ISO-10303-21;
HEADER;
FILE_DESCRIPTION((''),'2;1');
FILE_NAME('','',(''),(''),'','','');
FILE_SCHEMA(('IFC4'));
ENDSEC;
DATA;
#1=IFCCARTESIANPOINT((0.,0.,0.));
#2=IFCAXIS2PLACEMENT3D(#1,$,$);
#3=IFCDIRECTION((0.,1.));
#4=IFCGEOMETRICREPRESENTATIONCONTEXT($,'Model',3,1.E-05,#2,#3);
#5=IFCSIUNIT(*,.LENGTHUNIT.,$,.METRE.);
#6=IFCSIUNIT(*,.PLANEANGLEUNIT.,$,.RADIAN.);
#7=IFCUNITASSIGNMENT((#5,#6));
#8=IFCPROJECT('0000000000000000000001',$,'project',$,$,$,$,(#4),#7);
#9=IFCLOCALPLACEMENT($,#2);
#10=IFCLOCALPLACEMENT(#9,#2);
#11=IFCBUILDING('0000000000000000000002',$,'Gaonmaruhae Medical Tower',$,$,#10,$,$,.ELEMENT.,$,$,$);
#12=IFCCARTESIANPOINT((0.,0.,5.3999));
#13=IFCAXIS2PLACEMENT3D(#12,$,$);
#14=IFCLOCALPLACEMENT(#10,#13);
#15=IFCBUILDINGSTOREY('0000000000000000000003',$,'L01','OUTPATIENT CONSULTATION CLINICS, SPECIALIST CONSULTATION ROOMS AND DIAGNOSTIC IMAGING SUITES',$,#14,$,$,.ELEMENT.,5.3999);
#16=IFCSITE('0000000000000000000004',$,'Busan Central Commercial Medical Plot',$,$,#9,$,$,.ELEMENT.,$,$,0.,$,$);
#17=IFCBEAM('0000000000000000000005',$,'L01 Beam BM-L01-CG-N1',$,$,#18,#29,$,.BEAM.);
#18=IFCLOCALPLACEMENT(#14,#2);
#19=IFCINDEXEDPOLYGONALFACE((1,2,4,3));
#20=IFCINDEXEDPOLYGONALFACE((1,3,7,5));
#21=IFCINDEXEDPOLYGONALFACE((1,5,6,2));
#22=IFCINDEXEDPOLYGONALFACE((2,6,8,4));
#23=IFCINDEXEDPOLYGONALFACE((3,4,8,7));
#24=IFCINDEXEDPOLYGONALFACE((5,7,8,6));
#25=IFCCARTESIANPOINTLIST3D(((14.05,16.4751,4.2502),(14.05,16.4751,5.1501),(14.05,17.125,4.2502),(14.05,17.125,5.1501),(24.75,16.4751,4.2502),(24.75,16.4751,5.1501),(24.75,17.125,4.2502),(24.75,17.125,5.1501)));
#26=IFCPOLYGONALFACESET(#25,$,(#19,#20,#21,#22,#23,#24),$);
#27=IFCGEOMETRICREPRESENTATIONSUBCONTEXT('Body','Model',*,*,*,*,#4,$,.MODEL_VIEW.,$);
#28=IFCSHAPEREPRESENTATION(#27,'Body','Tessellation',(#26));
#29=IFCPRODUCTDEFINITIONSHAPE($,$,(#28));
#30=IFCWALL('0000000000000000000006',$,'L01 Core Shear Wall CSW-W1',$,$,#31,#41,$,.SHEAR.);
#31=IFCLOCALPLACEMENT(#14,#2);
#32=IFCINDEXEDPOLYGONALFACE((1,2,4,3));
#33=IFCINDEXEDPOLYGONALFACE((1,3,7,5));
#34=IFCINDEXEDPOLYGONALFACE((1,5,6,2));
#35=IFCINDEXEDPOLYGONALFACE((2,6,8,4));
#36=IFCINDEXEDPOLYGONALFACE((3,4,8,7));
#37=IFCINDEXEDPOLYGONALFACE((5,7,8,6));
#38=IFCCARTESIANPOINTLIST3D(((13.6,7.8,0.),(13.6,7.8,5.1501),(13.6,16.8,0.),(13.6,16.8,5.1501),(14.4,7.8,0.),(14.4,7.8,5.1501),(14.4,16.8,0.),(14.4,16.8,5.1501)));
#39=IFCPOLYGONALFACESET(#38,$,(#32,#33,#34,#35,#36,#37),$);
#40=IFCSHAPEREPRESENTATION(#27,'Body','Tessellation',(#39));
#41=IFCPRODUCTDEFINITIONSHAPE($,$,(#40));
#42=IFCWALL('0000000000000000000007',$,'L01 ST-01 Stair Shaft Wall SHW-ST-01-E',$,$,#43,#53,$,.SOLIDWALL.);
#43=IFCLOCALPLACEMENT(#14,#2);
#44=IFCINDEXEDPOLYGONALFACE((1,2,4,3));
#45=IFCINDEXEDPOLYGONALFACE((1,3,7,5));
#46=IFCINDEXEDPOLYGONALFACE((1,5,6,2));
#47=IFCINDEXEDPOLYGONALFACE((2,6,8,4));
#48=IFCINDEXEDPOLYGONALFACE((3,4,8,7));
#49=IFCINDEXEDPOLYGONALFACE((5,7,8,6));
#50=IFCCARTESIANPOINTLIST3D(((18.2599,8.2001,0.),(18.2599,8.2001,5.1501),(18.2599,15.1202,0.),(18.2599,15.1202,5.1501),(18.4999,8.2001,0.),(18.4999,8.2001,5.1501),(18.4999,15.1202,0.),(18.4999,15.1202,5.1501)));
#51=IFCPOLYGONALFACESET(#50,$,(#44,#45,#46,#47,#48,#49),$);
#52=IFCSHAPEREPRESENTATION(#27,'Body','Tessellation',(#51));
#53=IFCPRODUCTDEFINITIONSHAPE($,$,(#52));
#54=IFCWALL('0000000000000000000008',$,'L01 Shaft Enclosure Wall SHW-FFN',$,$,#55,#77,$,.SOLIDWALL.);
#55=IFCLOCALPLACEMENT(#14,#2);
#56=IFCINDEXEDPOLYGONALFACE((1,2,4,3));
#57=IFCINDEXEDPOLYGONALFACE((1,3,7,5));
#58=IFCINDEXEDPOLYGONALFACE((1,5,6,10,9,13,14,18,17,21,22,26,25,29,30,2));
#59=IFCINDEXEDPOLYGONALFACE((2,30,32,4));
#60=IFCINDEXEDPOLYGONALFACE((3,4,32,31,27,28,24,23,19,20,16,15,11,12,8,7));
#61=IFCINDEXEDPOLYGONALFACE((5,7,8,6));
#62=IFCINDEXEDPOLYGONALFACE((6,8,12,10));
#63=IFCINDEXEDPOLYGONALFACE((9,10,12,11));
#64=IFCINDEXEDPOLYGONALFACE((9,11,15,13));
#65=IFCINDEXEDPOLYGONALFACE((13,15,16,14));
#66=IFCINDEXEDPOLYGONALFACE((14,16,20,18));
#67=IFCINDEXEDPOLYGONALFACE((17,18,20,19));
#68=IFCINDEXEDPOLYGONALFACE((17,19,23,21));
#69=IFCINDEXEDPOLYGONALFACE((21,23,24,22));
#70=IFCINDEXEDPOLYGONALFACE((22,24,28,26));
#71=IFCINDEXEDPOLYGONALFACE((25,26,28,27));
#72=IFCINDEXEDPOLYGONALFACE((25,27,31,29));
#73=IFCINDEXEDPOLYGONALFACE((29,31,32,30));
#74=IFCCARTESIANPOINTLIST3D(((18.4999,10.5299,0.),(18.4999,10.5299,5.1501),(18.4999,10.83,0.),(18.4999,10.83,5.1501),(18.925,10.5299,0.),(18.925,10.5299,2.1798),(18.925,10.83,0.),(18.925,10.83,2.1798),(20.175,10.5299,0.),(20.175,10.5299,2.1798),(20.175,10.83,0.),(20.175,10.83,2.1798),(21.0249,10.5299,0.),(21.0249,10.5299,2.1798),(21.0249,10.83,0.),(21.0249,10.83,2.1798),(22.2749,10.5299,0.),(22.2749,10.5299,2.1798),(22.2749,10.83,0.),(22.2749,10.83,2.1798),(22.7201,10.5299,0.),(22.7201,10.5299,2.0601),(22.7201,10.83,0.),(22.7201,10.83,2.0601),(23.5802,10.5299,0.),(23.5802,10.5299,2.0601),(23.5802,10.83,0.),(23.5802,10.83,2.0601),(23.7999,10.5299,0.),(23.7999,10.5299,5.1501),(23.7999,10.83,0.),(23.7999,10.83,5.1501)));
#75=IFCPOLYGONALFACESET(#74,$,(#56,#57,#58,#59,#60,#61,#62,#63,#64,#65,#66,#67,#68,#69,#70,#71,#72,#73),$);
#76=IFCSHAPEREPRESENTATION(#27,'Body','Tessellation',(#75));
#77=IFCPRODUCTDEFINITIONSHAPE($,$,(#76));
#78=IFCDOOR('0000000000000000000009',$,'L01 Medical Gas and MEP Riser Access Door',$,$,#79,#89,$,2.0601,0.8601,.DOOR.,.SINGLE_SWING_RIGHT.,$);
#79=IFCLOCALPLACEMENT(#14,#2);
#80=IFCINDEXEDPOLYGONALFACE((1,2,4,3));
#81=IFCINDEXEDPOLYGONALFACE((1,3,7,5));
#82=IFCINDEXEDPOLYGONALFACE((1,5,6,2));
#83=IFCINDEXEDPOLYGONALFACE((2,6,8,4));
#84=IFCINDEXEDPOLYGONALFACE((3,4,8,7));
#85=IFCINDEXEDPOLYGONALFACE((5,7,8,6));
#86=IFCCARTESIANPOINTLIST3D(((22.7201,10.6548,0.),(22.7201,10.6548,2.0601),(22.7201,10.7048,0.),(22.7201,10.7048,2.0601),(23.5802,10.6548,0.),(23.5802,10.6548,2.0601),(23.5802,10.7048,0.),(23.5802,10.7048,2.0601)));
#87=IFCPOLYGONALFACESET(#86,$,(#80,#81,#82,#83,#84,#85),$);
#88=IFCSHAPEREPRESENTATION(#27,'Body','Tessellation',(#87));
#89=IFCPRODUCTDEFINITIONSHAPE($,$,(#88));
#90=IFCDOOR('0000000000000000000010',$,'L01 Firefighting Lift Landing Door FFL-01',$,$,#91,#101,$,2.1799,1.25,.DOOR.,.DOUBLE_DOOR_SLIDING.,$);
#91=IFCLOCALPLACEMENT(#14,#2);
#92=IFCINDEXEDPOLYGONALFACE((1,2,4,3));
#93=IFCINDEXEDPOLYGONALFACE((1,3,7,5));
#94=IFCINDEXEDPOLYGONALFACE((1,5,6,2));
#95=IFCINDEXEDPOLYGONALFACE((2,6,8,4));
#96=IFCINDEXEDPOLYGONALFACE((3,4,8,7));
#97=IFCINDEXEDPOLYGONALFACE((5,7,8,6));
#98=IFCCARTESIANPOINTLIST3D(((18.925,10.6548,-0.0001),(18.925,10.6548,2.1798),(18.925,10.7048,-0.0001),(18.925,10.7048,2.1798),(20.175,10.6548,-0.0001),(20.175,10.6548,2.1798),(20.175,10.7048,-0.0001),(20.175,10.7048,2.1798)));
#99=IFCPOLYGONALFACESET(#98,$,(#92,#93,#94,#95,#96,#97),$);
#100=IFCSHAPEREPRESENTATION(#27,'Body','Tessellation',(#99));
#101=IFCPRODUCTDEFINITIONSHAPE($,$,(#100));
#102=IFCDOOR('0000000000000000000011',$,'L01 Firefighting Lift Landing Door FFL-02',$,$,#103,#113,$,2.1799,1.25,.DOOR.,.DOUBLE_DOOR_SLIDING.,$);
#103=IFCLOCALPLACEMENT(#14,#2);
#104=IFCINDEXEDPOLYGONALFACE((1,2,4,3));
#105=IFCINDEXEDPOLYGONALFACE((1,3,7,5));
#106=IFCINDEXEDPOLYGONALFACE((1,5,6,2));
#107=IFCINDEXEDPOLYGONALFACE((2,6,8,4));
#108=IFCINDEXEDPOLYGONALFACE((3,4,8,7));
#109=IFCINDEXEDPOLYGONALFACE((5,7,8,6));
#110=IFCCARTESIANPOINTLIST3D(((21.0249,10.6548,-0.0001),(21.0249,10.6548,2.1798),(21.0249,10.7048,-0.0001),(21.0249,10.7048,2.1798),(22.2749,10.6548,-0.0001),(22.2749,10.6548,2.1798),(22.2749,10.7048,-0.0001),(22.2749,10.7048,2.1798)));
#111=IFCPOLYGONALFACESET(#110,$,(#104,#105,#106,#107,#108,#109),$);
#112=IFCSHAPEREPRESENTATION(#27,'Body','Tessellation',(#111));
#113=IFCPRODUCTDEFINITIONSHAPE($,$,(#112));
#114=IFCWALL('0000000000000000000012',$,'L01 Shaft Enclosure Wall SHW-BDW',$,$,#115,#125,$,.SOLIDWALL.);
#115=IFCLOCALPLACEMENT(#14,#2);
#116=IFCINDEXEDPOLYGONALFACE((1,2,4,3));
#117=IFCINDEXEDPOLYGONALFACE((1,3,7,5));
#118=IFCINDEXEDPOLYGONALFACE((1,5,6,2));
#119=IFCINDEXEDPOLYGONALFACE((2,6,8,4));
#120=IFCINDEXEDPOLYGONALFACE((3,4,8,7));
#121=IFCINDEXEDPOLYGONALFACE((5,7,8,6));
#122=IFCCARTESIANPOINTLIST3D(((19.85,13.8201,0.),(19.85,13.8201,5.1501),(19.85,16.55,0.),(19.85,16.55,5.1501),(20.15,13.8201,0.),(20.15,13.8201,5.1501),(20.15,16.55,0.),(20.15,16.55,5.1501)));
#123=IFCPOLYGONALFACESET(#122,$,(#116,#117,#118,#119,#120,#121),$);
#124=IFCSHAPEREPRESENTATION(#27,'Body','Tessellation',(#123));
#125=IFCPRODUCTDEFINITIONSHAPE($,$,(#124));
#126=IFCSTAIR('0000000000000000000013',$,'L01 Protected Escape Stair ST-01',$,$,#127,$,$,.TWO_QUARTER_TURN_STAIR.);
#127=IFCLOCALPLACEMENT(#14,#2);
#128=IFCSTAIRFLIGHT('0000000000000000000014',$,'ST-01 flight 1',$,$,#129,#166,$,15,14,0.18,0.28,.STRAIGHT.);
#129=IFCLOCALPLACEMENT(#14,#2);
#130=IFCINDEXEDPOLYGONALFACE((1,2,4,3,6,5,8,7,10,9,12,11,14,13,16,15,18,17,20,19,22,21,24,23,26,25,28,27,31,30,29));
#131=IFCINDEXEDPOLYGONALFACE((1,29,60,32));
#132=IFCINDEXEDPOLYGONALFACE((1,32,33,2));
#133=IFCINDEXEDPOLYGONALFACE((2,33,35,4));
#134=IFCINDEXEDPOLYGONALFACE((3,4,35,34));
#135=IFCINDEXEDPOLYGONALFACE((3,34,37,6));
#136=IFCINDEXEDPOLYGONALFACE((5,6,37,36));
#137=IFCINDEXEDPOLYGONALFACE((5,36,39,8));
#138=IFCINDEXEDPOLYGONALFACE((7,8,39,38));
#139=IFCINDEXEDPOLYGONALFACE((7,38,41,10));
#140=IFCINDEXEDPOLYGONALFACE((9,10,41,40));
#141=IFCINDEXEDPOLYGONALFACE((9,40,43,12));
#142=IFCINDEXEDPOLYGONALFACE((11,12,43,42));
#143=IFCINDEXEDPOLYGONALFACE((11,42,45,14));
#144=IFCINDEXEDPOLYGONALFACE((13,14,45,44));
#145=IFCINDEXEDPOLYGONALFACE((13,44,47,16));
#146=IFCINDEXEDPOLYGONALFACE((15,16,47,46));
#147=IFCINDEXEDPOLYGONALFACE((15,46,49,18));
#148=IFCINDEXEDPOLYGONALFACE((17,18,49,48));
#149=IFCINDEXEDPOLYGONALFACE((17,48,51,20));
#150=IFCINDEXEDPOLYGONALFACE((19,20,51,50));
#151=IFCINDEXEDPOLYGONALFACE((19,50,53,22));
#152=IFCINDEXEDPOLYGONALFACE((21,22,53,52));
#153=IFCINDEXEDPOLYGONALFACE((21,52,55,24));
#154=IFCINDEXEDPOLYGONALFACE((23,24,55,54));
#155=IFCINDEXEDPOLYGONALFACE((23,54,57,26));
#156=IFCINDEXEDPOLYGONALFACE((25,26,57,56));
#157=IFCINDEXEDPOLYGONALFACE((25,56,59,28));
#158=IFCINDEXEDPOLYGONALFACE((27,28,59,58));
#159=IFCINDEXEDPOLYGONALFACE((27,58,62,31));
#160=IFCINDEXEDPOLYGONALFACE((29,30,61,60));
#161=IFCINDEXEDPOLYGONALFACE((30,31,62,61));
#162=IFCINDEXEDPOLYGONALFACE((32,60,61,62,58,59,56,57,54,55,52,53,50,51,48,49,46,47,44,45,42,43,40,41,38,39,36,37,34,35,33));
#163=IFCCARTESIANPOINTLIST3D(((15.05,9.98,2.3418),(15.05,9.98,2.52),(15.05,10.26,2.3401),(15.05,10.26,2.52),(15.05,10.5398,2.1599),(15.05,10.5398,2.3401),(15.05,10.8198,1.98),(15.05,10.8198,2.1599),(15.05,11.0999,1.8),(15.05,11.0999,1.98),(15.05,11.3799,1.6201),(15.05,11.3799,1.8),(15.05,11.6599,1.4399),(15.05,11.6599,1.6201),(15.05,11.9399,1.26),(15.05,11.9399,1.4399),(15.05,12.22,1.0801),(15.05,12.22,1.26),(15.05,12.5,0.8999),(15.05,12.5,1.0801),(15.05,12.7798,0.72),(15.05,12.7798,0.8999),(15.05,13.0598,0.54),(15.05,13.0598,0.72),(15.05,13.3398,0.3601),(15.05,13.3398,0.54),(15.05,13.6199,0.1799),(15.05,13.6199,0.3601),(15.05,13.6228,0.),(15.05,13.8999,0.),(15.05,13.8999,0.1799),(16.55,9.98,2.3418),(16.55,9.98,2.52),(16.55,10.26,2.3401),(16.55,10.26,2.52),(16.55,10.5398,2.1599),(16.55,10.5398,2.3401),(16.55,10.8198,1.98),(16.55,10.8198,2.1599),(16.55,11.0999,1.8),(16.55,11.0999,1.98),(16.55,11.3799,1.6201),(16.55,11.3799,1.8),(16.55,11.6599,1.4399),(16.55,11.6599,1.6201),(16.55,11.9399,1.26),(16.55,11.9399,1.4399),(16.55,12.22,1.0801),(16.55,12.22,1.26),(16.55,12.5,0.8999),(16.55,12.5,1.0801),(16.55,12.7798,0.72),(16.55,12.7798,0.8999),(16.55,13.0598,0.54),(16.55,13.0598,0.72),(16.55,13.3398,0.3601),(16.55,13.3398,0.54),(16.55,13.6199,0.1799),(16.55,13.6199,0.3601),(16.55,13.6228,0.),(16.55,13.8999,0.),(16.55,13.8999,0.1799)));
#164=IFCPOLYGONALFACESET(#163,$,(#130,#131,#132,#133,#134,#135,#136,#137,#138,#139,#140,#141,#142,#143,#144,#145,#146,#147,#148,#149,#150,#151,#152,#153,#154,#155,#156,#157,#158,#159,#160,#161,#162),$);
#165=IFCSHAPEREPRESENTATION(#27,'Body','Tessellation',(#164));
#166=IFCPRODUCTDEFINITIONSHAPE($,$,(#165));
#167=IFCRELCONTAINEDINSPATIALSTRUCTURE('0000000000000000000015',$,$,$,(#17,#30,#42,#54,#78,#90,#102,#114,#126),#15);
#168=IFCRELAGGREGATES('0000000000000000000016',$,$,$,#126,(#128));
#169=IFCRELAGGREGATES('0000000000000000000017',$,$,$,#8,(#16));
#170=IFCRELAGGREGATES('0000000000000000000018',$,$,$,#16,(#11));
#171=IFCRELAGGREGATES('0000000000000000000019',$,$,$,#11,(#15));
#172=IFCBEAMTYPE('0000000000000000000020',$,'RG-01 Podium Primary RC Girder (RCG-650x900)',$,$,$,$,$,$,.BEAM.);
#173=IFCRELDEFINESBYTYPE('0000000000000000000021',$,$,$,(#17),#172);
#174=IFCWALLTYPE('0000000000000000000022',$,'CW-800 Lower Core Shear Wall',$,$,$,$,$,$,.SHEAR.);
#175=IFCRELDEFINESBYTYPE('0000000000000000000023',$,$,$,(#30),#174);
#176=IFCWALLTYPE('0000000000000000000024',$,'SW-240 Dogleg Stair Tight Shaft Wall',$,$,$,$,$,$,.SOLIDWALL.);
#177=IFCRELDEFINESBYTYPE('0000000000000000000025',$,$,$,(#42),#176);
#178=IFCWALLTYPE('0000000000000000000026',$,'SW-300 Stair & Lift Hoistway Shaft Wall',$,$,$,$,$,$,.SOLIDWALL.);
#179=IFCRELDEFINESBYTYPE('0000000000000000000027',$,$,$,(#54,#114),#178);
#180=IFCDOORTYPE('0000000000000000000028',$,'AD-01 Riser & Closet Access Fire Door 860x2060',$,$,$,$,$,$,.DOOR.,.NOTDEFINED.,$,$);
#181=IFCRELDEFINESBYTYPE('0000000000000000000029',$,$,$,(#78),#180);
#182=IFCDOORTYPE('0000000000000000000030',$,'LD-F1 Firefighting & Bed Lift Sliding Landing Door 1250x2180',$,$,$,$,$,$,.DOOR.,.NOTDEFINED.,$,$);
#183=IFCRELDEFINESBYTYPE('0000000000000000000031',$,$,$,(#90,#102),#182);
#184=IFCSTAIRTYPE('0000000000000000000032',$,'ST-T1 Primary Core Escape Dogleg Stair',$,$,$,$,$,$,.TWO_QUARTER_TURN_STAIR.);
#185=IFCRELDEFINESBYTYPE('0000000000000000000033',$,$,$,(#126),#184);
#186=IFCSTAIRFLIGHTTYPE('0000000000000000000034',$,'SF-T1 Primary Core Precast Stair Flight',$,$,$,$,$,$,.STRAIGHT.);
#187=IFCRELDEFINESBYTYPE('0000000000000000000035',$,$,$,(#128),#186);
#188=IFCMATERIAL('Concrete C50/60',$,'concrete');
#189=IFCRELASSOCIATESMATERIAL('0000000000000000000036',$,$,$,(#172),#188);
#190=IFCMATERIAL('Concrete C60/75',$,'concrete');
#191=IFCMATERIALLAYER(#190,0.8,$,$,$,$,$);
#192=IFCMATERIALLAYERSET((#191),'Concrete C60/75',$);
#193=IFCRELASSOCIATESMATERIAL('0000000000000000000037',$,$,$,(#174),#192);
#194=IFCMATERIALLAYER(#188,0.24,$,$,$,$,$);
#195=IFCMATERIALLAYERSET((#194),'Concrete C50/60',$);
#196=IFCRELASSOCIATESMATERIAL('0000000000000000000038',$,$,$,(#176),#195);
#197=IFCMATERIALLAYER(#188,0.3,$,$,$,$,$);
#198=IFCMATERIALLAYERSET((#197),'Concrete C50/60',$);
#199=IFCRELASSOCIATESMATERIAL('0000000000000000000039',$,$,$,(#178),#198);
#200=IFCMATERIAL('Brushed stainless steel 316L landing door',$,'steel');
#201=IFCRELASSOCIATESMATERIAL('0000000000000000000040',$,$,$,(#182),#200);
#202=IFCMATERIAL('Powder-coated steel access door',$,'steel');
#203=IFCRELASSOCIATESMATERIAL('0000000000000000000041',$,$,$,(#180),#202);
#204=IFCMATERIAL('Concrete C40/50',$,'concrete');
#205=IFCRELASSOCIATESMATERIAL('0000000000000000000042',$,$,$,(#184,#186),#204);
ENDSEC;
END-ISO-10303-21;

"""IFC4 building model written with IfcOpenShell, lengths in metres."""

from ifc_helpers import new_model, si_unit, direction, frame, frame_2d, origin, origin_2d, place, context, subcontext, project, spatial, polyline, rectangle, outline, extrude, material, layer, layer_set, material_profile, profile_set, type_object, element, fill, aggregate, save


model = new_model("IFC4")

# Units and contexts
model_context = context("Model", 3, precision=1e-05, world=origin(), true_north=direction((0.0, 1.0)))
body_context = subcontext(model_context, "Body", "Model", "MODEL_VIEW")
ifc_project = project(units=[si_unit("LENGTHUNIT", "METRE"), si_unit("PLANEANGLEUNIT", "RADIAN")], contexts=[model_context])

# Site, building, storey
site_placement = place(None, origin())
site = spatial("IfcSite", under=ifc_project, at=site_placement, Name="Busan Central Commercial Medical Plot", CompositionType="ELEMENT", RefElevation=0.0)
building_placement = place(site_placement, origin())
building = spatial("IfcBuilding", under=site, at=building_placement, Name="Gaonmaruhae Medical Tower", CompositionType="ELEMENT")
storey_placement = place(building_placement, frame((0.0, 0.0, 5.3999)))
storey = spatial("IfcBuildingStorey", under=building, at=storey_placement, Name="L01", Description="OUTPATIENT CONSULTATION CLINICS, SPECIALIST CONSULTATION ROOMS AND DIAGNOSTIC IMAGING SUITES", CompositionType="ELEMENT", Elevation=5.3999)

# Beam
ifc_material_1 = material(Name="Concrete C50/60", Category="concrete")
ifc_material_profile = material_profile(ifc_material_1, rectangle(XDim=0.6499, YDim=0.8999, at=origin_2d()), Name="RCG-650x900")
ifc_profile_set = profile_set([ifc_material_profile], Name="Concrete C50/60")
beam_type = type_object("IfcBeamType", Name="RG-01 Podium Primary RC Girder (RCG-650x900)", PredefinedType="BEAM", material=ifc_profile_set)
beam_placement = place(storey_placement, frame((14.05, 16.8, 4.7002), z_axis=(1.0, 0.0, 0.0), x_axis=(0.0, 1.0, 0.0)))
element("IfcBeam", 1, at=beam_placement, inside=storey, type_object=beam_type, Name="L01 Beam BM-L01-CG-N1", PredefinedType="BEAM", context=body_context, shape_type="SweptSolid", body=[
    extrude(rectangle(XDim=0.6499, YDim=0.8999, at=origin_2d()), origin(), (0.0, 0.0, 1.0), 10.7),
])

# Wall
ifc_material_2 = material(Name="Concrete C60/75", Category="concrete")
ifc_layer_1 = layer(ifc_material_2, 0.8)
ifc_layer_set_1 = layer_set([ifc_layer_1], Name="Concrete C60/75")
wall_type_1 = type_object("IfcWallType", Name="CW-800 Lower Core Shear Wall", PredefinedType="SHEAR", material=ifc_layer_set_1)
wall_1_placement = place(storey_placement, frame((14.0, 16.8, 0.0), z_axis=(0.0, 0.0, 1.0), x_axis=(0.0, -1.0, 0.0)))
element("IfcWall", 2, at=wall_1_placement, inside=storey, type_object=wall_type_1, Name="L01 Core Shear Wall CSW-W1", PredefinedType="SHEAR", context=body_context, shape_type="SweptSolid", body=[
    extrude(rectangle(XDim=9.0, YDim=0.8, at=frame_2d((4.5, 0.0))), origin(), (0.0, 0.0, 1.0), 5.1501),
])

# Shared definitions
ifc_layer_2 = layer(ifc_material_1, 0.24)
ifc_layer_set_2 = layer_set([ifc_layer_2], Name="Concrete C50/60")
wall_type_2 = type_object("IfcWallType", Name="SW-240 Dogleg Stair Tight Shaft Wall", PredefinedType="SOLIDWALL", material=ifc_layer_set_2)

# Wall
wall_2_placement = place(storey_placement, frame((18.3799, 15.1201, 0.0), z_axis=(0.0, 0.0, 1.0), x_axis=(0.0, -1.0, 0.0)))
element("IfcWall", 3, at=wall_2_placement, inside=storey, type_object=wall_type_2, Name="L01 ST-01 Stair Shaft Wall SHW-ST-01-E", PredefinedType="SOLIDWALL", context=body_context, shape_type="SweptSolid", body=[
    extrude(rectangle(XDim=6.9202, YDim=0.24, at=frame_2d((3.46, 0.0))), origin(), (0.0, 0.0, 1.0), 5.1501),
])

# Wall, openings, doors
ifc_layer_3 = layer(ifc_material_1, 0.3)
ifc_layer_set_3 = layer_set([ifc_layer_3], Name="Concrete C50/60")
wall_type_3 = type_object("IfcWallType", Name="SW-300 Stair & Lift Hoistway Shaft Wall", PredefinedType="SOLIDWALL", material=ifc_layer_set_3)
ifc_material_3 = material(Name="Brushed stainless steel 316L landing door", Category="steel")
door_type_1 = type_object("IfcDoorType", Name="LD-F1 Firefighting & Bed Lift Sliding Landing Door 1250x2180", OperationType="NOTDEFINED", PredefinedType="DOOR", material=ifc_material_3)
wall_3_placement = place(storey_placement, frame((18.5, 10.6799, 0.0), z_axis=(0.0, 0.0, 1.0), x_axis=(1.0, 0.0, 0.0)))
wall_3 = element("IfcWall", 4, at=wall_3_placement, inside=storey, type_object=wall_type_3, Name="L01 Shaft Enclosure Wall SHW-FFN", PredefinedType="SOLIDWALL", context=body_context, shape_type="SweptSolid", body=[
    extrude(rectangle(XDim=5.3, YDim=0.3, at=frame_2d((2.6499, 0.0))), origin(), (0.0, 0.0, 1.0), 5.1501),
])
opening_1_placement = place(wall_3_placement, frame((4.22, 0.0, 0.0)))
opening_1 = element("IfcOpeningElement", 5, at=opening_1_placement, cuts=wall_3, PredefinedType="OPENING", context=body_context, shape_type="SweptSolid", body=[
    extrude(rectangle(XDim=0.8601, YDim=2.0601, at=frame_2d((0.4302, 1.03))), frame((0.0, 0.1602, 0.0), z_axis=(0.0, -1.0, 0.0), x_axis=(1.0, 0.0, 0.0)), (0.0, 0.0, 1.0), 0.3201),
])
opening_2_placement = place(wall_3_placement, frame((0.425, 0.0, 0.0)))
opening_2 = element("IfcOpeningElement", 6, at=opening_2_placement, cuts=wall_3, PredefinedType="OPENING", context=body_context, shape_type="SweptSolid", body=[
    extrude(rectangle(XDim=1.25, YDim=2.1799, at=frame_2d((0.625, 1.0898))), frame((0.0, 0.1602, 0.0), z_axis=(0.0, -1.0, 0.0), x_axis=(1.0, 0.0, 0.0)), (0.0, 0.0, 1.0), 0.3201),
])
opening_3_placement = place(wall_3_placement, frame((2.5249, 0.0, 0.0)))
opening_3 = element("IfcOpeningElement", 7, at=opening_3_placement, cuts=wall_3, PredefinedType="OPENING", context=body_context, shape_type="SweptSolid", body=[
    extrude(rectangle(XDim=1.25, YDim=2.1799, at=frame_2d((0.625, 1.0898))), frame((0.0, 0.1602, 0.0), z_axis=(0.0, -1.0, 0.0), x_axis=(1.0, 0.0, 0.0)), (0.0, 0.0, 1.0), 0.3201),
])
ifc_material_4 = material(Name="Powder-coated steel access door", Category="steel")
door_type_2 = type_object("IfcDoorType", Name="AD-01 Riser & Closet Access Fire Door 860x2060", OperationType="NOTDEFINED", PredefinedType="DOOR", material=ifc_material_4)
door_1_placement = place(opening_1_placement, origin())
door_1 = element("IfcDoor", 8, at=door_1_placement, inside=storey, type_object=door_type_2, Name="L01 Medical Gas and MEP Riser Access Door", OperationType="SINGLE_SWING_RIGHT", OverallHeight=2.0601, OverallWidth=0.8601, PredefinedType="DOOR", context=body_context, shape_type="SweptSolid", body=[
    extrude(rectangle(XDim=0.8601, YDim=2.0601, at=frame_2d((0.4302, 1.03))), frame((0.0, 0.0249, 0.0), z_axis=(0.0, -1.0, 0.0), x_axis=(1.0, 0.0, 0.0)), (0.0, 0.0, 1.0), 0.05),
])
fill(opening_1, door_1)
door_2_placement = place(opening_2_placement, origin())
door_2 = element("IfcDoor", 9, at=door_2_placement, inside=storey, type_object=door_type_1, Name="L01 Firefighting Lift Landing Door FFL-01", OperationType="DOUBLE_DOOR_SLIDING", OverallHeight=2.1799, OverallWidth=1.25, PredefinedType="DOOR", context=body_context, shape_type="SweptSolid", body=[
    extrude(rectangle(XDim=1.25, YDim=2.1799, at=frame_2d((0.625, 1.0898))), frame((0.0, 0.0249, 0.0), z_axis=(0.0, -1.0, 0.0), x_axis=(1.0, 0.0, 0.0)), (0.0, 0.0, 1.0), 0.05),
])
fill(opening_2, door_2)
door_3_placement = place(opening_3_placement, origin())
door_3 = element("IfcDoor", 10, at=door_3_placement, inside=storey, type_object=door_type_1, Name="L01 Firefighting Lift Landing Door FFL-02", OperationType="DOUBLE_DOOR_SLIDING", OverallHeight=2.1799, OverallWidth=1.25, PredefinedType="DOOR", context=body_context, shape_type="SweptSolid", body=[
    extrude(rectangle(XDim=1.25, YDim=2.1799, at=frame_2d((0.625, 1.0898))), frame((0.0, 0.0249, 0.0), z_axis=(0.0, -1.0, 0.0), x_axis=(1.0, 0.0, 0.0)), (0.0, 0.0, 1.0), 0.05),
])
fill(opening_3, door_3)

# Wall
wall_4_placement = place(storey_placement, frame((20.0, 13.8201, 0.0), z_axis=(0.0, 0.0, 1.0), x_axis=(0.0, 1.0, 0.0)))
element("IfcWall", 11, at=wall_4_placement, inside=storey, type_object=wall_type_3, Name="L01 Shaft Enclosure Wall SHW-BDW", PredefinedType="SOLIDWALL", context=body_context, shape_type="SweptSolid", body=[
    extrude(rectangle(XDim=2.73, YDim=0.3, at=frame_2d((1.365, 0.0))), origin(), (0.0, 0.0, 1.0), 5.1501),
])

# Stair, stair flight
ifc_material_5 = material(Name="Concrete C40/50", Category="concrete")
stair_type = type_object("IfcStairType", Name="ST-T1 Primary Core Escape Dogleg Stair", PredefinedType="TWO_QUARTER_TURN_STAIR", material=ifc_material_5)
stair_placement = place(storey_placement, origin())
stair = element("IfcStair", 12, at=stair_placement, inside=storey, type_object=stair_type, Name="L01 Protected Escape Stair ST-01", PredefinedType="TWO_QUARTER_TURN_STAIR")
stair_flight_type = type_object("IfcStairFlightType", Name="SF-T1 Primary Core Precast Stair Flight", PredefinedType="STRAIGHT", material=ifc_material_5)
stair_flight_placement = place(storey_placement, frame((15.8, 13.8999, 0.0), z_axis=(0.0, 0.0, 1.0), x_axis=(0.0, -1.0, 0.0)))
stair_flight = element("IfcStairFlight", 13, at=stair_flight_placement, type_object=stair_flight_type, Name="ST-01 flight 1", NumberOfRisers=15, NumberOfTreads=14, PredefinedType="STRAIGHT", RiserHeight=0.18, TreadLength=0.28, context=body_context, shape_type="SweptSolid", body=[
    extrude(outline(polyline([(0.0, 0.0), (0.0, 0.1799), (0.28, 0.1799), (0.28, 0.3601), (0.5601, 0.3601), (0.5601, 0.54), (0.8401, 0.54), (0.8401, 0.72), (1.1201, 0.72), (1.1201, 0.8999), (1.3999, 0.8999), (1.3999, 1.0801), (1.6799, 1.0801), (1.6799, 1.26), (1.96, 1.26), (1.96, 1.4399), (2.24, 1.4399), (2.24, 1.6201), (2.52, 1.6201), (2.52, 1.8), (2.8, 1.8), (2.8, 1.98), (3.0801, 1.98), (3.0801, 2.1599), (3.3601, 2.1599), (3.3601, 2.3401), (3.6399, 2.3401), (3.6399, 2.52), (3.9199, 2.52), (3.9199, 2.7), (3.9199, 2.3418), (0.2771, 0.0), (0.0, 0.0)])), frame((0.0, 0.75, 0.0), z_axis=(0.0, -1.0, 0.0), x_axis=(1.0, 0.0, 0.0)), (0.0, 0.0, 1.0), 1.5),
])
aggregate(stair, [stair_flight])

save(model, "model.ifc")
